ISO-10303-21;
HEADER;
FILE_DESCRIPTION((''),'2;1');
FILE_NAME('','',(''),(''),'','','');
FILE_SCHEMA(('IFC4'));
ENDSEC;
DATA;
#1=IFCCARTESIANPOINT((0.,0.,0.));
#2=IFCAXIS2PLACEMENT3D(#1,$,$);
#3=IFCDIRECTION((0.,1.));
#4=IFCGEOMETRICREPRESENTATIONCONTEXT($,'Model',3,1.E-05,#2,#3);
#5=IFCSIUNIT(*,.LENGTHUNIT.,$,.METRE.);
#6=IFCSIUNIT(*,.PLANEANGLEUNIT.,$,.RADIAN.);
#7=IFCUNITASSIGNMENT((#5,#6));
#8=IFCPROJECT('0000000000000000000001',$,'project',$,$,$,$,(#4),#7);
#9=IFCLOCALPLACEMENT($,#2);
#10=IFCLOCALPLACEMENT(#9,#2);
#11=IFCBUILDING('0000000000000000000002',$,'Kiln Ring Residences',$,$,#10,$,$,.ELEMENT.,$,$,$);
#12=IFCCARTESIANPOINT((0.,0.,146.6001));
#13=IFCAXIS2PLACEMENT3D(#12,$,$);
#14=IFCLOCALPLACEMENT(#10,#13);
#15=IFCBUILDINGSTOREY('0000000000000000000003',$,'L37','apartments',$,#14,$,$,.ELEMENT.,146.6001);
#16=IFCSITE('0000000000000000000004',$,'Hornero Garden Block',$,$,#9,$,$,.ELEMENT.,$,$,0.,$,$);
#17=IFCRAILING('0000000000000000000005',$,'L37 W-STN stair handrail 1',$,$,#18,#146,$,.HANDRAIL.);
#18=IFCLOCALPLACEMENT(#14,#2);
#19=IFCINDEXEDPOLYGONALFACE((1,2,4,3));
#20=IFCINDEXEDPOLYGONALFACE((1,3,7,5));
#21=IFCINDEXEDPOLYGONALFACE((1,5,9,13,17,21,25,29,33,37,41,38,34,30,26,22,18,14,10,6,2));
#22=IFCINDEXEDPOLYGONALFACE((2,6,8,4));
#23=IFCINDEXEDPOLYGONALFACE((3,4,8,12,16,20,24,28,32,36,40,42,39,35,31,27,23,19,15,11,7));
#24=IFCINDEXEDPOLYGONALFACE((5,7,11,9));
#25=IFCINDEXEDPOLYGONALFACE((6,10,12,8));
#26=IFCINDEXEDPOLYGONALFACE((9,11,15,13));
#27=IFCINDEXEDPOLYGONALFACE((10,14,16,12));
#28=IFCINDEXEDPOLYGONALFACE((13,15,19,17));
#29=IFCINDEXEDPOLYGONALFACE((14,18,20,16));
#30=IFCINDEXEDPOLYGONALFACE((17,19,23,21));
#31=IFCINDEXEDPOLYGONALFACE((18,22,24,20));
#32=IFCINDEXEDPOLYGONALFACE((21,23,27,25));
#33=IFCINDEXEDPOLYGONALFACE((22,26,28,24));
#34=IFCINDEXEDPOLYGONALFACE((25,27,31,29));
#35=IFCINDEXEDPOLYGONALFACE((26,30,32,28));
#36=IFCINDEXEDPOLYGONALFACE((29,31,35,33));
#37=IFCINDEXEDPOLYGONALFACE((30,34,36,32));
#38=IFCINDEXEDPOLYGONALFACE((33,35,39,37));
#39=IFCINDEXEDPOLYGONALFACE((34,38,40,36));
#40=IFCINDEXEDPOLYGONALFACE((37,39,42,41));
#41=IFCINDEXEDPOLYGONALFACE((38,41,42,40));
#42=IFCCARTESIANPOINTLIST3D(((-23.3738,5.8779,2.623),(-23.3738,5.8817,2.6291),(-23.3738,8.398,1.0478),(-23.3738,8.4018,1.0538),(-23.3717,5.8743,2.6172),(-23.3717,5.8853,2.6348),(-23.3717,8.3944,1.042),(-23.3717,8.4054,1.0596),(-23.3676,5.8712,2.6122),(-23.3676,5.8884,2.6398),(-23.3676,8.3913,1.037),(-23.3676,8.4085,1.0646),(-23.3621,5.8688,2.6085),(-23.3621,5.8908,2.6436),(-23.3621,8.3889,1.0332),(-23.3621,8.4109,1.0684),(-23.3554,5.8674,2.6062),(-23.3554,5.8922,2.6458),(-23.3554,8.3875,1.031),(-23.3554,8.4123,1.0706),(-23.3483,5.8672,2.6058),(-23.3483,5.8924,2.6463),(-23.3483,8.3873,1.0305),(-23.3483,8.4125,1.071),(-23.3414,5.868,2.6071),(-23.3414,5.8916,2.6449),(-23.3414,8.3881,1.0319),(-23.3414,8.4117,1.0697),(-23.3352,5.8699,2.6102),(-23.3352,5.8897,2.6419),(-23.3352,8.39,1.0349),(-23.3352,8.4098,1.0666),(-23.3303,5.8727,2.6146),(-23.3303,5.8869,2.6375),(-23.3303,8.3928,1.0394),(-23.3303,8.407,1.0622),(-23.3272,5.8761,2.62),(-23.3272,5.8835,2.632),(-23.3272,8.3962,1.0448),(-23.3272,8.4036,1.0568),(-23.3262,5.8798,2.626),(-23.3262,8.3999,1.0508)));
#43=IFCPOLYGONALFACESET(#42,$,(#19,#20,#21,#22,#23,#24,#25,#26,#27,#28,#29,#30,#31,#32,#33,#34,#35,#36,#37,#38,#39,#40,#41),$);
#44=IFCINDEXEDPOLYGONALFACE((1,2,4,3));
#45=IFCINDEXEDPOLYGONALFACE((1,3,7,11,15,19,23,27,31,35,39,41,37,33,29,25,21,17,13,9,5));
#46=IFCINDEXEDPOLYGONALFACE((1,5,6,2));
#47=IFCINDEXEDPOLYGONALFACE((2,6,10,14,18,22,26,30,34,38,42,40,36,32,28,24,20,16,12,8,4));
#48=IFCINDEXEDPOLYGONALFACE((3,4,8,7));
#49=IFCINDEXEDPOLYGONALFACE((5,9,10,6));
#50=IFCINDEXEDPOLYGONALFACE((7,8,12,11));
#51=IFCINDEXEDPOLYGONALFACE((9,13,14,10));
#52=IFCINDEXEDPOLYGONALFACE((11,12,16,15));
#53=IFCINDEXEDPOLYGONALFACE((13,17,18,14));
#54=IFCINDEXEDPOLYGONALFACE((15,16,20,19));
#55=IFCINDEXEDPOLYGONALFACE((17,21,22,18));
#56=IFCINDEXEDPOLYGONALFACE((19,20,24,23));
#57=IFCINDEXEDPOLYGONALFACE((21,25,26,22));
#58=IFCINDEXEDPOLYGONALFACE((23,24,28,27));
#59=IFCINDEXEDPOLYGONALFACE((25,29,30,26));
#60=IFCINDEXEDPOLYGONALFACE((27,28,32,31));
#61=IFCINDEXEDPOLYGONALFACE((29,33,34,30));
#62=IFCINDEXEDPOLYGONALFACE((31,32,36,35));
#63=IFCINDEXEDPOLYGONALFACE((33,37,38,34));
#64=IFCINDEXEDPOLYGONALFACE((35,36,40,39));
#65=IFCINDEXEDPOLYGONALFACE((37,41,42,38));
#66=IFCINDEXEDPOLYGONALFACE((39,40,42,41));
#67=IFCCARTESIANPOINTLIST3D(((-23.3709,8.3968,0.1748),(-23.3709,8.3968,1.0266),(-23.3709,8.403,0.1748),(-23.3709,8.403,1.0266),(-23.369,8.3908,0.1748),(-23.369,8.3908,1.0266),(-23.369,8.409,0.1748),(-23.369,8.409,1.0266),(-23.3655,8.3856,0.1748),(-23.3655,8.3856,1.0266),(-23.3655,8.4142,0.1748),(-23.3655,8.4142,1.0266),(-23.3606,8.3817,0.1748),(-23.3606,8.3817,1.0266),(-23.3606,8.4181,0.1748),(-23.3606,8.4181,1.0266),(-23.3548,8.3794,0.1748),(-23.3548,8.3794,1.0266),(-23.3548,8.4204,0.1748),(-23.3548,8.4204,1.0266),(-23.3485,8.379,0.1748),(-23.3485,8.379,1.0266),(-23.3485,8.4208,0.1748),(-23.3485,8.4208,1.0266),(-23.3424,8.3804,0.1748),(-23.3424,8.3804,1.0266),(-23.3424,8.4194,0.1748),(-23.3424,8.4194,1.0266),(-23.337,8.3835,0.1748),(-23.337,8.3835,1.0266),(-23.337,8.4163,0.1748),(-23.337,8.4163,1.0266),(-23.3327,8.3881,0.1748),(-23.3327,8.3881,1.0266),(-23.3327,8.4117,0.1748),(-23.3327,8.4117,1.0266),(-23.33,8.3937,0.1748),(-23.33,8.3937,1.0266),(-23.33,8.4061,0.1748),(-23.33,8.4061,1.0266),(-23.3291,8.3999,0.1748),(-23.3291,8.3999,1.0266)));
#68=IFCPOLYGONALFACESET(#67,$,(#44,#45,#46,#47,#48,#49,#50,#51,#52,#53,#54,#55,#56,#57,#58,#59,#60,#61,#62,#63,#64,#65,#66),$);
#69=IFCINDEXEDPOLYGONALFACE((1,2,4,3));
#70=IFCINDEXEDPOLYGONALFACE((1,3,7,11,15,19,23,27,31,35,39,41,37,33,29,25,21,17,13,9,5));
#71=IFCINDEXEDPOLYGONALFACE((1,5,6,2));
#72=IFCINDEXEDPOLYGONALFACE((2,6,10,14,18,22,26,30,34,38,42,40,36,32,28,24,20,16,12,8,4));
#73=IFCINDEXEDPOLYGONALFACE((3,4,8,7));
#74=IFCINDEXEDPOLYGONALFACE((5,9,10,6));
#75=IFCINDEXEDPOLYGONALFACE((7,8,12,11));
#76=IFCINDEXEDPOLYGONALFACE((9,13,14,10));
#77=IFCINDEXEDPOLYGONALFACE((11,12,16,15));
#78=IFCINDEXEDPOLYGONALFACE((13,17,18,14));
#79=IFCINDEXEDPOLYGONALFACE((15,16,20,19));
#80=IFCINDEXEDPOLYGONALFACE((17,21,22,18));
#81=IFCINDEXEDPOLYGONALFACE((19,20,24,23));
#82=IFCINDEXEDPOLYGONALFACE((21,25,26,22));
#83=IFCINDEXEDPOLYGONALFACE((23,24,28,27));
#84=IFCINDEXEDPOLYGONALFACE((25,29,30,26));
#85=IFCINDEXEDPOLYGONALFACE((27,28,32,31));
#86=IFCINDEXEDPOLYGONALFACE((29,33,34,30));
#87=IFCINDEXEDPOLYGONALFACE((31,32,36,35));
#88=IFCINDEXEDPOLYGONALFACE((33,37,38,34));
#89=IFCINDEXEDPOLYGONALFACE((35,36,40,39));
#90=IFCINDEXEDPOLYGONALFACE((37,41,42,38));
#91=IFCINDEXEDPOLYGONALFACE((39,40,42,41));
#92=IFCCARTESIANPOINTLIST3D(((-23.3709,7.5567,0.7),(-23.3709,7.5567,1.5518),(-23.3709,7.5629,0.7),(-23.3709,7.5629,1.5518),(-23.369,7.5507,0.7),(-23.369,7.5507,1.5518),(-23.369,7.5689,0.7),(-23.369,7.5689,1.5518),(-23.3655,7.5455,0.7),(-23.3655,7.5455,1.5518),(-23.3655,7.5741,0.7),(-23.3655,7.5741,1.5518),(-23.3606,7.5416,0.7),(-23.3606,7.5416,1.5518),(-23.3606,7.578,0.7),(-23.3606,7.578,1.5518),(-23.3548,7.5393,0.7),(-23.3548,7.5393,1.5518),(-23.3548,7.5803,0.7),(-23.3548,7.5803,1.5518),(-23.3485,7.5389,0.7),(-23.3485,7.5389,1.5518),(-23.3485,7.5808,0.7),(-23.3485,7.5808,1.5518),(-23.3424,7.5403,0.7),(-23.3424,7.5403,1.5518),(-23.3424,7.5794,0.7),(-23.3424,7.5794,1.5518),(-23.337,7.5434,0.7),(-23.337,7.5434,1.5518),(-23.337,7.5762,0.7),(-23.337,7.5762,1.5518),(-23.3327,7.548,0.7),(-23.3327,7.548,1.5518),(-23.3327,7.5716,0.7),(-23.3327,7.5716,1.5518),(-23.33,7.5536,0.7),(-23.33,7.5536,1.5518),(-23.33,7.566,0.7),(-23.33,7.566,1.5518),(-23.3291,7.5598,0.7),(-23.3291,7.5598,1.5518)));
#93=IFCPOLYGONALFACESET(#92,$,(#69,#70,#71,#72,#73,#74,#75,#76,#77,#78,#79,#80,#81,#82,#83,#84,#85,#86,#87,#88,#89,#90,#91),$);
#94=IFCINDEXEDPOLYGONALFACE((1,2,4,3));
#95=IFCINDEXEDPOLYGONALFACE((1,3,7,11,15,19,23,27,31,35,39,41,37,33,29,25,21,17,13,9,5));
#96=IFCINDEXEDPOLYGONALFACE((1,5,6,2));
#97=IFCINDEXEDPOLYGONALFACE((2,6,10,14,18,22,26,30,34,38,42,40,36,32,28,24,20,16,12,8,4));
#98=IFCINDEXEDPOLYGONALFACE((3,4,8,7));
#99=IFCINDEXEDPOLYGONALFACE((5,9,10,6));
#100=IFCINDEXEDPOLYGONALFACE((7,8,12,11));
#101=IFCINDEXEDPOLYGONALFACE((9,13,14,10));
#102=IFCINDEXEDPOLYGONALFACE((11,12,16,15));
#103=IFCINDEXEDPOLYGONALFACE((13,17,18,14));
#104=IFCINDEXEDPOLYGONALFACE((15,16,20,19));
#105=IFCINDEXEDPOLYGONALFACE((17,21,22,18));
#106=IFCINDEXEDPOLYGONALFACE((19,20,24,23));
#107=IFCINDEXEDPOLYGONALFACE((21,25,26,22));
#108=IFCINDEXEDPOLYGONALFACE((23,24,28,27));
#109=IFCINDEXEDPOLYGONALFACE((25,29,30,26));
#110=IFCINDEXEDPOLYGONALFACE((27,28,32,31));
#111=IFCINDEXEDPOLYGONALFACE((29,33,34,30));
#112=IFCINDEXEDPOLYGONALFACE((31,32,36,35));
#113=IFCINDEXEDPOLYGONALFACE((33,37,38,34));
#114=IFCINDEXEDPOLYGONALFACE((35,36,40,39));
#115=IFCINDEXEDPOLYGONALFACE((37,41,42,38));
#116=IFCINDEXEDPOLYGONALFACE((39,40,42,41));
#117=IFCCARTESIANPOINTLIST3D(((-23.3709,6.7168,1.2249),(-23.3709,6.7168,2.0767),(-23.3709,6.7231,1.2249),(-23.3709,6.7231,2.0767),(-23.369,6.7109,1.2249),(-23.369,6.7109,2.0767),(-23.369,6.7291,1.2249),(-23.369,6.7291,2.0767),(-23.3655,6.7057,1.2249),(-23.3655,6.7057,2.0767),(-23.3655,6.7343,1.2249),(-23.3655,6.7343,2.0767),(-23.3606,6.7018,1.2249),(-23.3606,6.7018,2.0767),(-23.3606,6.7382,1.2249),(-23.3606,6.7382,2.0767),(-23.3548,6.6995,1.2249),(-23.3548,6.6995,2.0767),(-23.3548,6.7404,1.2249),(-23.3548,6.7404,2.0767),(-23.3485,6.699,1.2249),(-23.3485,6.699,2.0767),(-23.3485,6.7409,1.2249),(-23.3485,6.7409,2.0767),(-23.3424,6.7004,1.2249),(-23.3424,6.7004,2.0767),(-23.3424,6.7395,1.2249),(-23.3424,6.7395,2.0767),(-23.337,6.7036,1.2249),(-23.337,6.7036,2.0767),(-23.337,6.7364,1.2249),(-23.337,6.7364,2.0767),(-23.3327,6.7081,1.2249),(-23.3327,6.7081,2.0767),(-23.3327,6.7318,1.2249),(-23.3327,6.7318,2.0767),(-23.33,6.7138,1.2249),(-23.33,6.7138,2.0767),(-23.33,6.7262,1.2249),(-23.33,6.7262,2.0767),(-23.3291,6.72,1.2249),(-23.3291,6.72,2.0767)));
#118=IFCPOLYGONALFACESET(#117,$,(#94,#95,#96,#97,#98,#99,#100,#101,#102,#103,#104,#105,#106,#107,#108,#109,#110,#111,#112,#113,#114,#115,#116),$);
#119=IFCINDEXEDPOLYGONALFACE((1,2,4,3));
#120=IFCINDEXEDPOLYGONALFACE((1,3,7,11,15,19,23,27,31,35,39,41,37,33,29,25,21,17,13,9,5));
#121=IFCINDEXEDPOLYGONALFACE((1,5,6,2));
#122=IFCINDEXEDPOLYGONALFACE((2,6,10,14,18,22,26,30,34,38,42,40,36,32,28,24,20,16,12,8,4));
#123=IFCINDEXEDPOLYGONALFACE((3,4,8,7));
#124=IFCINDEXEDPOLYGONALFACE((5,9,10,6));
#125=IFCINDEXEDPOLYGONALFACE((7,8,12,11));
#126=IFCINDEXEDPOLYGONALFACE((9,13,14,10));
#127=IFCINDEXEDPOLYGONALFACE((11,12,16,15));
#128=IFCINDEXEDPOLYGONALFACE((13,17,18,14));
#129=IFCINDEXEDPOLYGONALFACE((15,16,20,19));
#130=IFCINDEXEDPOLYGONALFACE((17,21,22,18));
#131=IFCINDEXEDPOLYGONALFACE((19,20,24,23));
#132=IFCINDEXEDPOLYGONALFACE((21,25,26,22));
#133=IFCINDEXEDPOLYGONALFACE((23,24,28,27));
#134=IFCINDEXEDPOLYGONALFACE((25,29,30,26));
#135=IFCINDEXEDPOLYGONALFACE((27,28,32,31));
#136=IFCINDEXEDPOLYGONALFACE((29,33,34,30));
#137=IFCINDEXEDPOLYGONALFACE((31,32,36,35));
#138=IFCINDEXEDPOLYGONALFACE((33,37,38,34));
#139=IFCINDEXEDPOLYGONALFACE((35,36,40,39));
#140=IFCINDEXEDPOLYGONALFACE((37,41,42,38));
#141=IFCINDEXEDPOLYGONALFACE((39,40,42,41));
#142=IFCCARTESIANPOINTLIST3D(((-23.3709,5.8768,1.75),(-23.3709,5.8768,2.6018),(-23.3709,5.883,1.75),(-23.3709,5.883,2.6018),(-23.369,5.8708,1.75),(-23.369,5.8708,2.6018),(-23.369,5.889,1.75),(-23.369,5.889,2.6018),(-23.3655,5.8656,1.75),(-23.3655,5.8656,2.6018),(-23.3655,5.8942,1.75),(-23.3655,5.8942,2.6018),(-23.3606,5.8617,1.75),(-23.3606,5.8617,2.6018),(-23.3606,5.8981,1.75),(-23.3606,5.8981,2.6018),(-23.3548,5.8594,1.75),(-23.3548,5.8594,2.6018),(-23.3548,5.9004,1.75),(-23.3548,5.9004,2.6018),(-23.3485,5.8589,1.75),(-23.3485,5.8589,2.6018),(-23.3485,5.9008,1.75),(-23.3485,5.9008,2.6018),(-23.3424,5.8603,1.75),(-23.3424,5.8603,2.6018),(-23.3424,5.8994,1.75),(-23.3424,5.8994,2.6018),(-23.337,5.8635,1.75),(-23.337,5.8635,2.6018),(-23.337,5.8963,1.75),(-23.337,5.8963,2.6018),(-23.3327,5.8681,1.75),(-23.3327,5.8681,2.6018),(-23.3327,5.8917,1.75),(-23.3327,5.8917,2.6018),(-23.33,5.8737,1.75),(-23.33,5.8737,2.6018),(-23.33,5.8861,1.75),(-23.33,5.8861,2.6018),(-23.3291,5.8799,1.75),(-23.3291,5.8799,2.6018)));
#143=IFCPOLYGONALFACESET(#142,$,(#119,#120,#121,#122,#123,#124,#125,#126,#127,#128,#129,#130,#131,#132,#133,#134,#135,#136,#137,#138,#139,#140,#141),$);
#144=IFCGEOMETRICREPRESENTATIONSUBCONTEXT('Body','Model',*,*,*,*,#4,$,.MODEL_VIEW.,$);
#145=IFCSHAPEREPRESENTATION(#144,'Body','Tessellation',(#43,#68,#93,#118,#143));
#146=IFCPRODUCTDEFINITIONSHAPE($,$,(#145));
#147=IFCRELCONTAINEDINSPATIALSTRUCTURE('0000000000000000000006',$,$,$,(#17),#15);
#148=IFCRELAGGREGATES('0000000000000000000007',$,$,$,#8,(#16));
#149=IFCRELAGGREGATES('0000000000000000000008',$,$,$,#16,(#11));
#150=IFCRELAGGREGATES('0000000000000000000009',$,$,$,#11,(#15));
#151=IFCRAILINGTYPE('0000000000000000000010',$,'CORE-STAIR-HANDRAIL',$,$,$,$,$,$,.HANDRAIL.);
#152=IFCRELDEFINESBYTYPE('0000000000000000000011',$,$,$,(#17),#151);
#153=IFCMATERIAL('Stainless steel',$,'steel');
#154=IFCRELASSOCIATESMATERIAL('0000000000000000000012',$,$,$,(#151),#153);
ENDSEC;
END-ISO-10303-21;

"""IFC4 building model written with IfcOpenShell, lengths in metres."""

from ifc_helpers import new_model, si_unit, direction, frame, origin, origin_2d, place, context, subcontext, project, spatial, circle, extrude, material, type_object, element, save


model = new_model("IFC4")

# Units and contexts
model_context = context("Model", 3, precision=1e-05, world=origin(), true_north=direction((0.0, 1.0)))
body_context = subcontext(model_context, "Body", "Model", "MODEL_VIEW")
ifc_project = project(units=[si_unit("LENGTHUNIT", "METRE"), si_unit("PLANEANGLEUNIT", "RADIAN")], contexts=[model_context])

# Site, building, storey
site_placement = place(None, origin())
site = spatial("IfcSite", under=ifc_project, at=site_placement, Name="Hornero Garden Block", CompositionType="ELEMENT", RefElevation=0.0)
building_placement = place(site_placement, origin())
building = spatial("IfcBuilding", under=site, at=building_placement, Name="Kiln Ring Residences", CompositionType="ELEMENT")
storey_placement = place(building_placement, frame((0.0, 0.0, 146.6001)))
storey = spatial("IfcBuildingStorey", under=building, at=storey_placement, Name="L37", Description="apartments", CompositionType="ELEMENT", Elevation=146.6001)

# Railing
ifc_material_1 = material(Name="Stainless steel", Category="steel")
railing_type_1 = type_object("IfcRailingType", Name="CORE-STAIR-HANDRAIL", PredefinedType="HANDRAIL", material=ifc_material_1)
railing_1_placement = place(storey_placement, frame((-23.3501, 8.3999, 0.1748)))
element("IfcRailing", 1, at=railing_1_placement, inside=storey, type_object=railing_type_1, Name="L37 W-STN stair handrail 1", PredefinedType="HANDRAIL", context=body_context, shape_type="SweptSolid", body=[
    extrude(circle(Radius=0.0239, at=origin_2d()), frame((0.0, 0.0, 0.876), z_axis=(0.0, -0.847971, 0.530043), x_axis=(1.0, 0.0, 0.0)), (0.0, 0.0, 1.0), 2.9719),
    extrude(circle(Radius=0.021, at=origin_2d()), origin(), (0.0, 0.0, 1.0), 0.8518),
    extrude(circle(Radius=0.021, at=origin_2d()), frame((0.0, -0.8401, 0.5251)), (0.0, 0.0, 1.0), 0.8518),
    extrude(circle(Radius=0.021, at=origin_2d()), frame((0.0, -1.6799, 1.05)), (0.0, 0.0, 1.0), 0.8518),
    extrude(circle(Radius=0.021, at=origin_2d()), frame((0.0, -2.52, 1.5752)), (0.0, 0.0, 1.0), 0.8518),
])

save(model, "model.ifc")
